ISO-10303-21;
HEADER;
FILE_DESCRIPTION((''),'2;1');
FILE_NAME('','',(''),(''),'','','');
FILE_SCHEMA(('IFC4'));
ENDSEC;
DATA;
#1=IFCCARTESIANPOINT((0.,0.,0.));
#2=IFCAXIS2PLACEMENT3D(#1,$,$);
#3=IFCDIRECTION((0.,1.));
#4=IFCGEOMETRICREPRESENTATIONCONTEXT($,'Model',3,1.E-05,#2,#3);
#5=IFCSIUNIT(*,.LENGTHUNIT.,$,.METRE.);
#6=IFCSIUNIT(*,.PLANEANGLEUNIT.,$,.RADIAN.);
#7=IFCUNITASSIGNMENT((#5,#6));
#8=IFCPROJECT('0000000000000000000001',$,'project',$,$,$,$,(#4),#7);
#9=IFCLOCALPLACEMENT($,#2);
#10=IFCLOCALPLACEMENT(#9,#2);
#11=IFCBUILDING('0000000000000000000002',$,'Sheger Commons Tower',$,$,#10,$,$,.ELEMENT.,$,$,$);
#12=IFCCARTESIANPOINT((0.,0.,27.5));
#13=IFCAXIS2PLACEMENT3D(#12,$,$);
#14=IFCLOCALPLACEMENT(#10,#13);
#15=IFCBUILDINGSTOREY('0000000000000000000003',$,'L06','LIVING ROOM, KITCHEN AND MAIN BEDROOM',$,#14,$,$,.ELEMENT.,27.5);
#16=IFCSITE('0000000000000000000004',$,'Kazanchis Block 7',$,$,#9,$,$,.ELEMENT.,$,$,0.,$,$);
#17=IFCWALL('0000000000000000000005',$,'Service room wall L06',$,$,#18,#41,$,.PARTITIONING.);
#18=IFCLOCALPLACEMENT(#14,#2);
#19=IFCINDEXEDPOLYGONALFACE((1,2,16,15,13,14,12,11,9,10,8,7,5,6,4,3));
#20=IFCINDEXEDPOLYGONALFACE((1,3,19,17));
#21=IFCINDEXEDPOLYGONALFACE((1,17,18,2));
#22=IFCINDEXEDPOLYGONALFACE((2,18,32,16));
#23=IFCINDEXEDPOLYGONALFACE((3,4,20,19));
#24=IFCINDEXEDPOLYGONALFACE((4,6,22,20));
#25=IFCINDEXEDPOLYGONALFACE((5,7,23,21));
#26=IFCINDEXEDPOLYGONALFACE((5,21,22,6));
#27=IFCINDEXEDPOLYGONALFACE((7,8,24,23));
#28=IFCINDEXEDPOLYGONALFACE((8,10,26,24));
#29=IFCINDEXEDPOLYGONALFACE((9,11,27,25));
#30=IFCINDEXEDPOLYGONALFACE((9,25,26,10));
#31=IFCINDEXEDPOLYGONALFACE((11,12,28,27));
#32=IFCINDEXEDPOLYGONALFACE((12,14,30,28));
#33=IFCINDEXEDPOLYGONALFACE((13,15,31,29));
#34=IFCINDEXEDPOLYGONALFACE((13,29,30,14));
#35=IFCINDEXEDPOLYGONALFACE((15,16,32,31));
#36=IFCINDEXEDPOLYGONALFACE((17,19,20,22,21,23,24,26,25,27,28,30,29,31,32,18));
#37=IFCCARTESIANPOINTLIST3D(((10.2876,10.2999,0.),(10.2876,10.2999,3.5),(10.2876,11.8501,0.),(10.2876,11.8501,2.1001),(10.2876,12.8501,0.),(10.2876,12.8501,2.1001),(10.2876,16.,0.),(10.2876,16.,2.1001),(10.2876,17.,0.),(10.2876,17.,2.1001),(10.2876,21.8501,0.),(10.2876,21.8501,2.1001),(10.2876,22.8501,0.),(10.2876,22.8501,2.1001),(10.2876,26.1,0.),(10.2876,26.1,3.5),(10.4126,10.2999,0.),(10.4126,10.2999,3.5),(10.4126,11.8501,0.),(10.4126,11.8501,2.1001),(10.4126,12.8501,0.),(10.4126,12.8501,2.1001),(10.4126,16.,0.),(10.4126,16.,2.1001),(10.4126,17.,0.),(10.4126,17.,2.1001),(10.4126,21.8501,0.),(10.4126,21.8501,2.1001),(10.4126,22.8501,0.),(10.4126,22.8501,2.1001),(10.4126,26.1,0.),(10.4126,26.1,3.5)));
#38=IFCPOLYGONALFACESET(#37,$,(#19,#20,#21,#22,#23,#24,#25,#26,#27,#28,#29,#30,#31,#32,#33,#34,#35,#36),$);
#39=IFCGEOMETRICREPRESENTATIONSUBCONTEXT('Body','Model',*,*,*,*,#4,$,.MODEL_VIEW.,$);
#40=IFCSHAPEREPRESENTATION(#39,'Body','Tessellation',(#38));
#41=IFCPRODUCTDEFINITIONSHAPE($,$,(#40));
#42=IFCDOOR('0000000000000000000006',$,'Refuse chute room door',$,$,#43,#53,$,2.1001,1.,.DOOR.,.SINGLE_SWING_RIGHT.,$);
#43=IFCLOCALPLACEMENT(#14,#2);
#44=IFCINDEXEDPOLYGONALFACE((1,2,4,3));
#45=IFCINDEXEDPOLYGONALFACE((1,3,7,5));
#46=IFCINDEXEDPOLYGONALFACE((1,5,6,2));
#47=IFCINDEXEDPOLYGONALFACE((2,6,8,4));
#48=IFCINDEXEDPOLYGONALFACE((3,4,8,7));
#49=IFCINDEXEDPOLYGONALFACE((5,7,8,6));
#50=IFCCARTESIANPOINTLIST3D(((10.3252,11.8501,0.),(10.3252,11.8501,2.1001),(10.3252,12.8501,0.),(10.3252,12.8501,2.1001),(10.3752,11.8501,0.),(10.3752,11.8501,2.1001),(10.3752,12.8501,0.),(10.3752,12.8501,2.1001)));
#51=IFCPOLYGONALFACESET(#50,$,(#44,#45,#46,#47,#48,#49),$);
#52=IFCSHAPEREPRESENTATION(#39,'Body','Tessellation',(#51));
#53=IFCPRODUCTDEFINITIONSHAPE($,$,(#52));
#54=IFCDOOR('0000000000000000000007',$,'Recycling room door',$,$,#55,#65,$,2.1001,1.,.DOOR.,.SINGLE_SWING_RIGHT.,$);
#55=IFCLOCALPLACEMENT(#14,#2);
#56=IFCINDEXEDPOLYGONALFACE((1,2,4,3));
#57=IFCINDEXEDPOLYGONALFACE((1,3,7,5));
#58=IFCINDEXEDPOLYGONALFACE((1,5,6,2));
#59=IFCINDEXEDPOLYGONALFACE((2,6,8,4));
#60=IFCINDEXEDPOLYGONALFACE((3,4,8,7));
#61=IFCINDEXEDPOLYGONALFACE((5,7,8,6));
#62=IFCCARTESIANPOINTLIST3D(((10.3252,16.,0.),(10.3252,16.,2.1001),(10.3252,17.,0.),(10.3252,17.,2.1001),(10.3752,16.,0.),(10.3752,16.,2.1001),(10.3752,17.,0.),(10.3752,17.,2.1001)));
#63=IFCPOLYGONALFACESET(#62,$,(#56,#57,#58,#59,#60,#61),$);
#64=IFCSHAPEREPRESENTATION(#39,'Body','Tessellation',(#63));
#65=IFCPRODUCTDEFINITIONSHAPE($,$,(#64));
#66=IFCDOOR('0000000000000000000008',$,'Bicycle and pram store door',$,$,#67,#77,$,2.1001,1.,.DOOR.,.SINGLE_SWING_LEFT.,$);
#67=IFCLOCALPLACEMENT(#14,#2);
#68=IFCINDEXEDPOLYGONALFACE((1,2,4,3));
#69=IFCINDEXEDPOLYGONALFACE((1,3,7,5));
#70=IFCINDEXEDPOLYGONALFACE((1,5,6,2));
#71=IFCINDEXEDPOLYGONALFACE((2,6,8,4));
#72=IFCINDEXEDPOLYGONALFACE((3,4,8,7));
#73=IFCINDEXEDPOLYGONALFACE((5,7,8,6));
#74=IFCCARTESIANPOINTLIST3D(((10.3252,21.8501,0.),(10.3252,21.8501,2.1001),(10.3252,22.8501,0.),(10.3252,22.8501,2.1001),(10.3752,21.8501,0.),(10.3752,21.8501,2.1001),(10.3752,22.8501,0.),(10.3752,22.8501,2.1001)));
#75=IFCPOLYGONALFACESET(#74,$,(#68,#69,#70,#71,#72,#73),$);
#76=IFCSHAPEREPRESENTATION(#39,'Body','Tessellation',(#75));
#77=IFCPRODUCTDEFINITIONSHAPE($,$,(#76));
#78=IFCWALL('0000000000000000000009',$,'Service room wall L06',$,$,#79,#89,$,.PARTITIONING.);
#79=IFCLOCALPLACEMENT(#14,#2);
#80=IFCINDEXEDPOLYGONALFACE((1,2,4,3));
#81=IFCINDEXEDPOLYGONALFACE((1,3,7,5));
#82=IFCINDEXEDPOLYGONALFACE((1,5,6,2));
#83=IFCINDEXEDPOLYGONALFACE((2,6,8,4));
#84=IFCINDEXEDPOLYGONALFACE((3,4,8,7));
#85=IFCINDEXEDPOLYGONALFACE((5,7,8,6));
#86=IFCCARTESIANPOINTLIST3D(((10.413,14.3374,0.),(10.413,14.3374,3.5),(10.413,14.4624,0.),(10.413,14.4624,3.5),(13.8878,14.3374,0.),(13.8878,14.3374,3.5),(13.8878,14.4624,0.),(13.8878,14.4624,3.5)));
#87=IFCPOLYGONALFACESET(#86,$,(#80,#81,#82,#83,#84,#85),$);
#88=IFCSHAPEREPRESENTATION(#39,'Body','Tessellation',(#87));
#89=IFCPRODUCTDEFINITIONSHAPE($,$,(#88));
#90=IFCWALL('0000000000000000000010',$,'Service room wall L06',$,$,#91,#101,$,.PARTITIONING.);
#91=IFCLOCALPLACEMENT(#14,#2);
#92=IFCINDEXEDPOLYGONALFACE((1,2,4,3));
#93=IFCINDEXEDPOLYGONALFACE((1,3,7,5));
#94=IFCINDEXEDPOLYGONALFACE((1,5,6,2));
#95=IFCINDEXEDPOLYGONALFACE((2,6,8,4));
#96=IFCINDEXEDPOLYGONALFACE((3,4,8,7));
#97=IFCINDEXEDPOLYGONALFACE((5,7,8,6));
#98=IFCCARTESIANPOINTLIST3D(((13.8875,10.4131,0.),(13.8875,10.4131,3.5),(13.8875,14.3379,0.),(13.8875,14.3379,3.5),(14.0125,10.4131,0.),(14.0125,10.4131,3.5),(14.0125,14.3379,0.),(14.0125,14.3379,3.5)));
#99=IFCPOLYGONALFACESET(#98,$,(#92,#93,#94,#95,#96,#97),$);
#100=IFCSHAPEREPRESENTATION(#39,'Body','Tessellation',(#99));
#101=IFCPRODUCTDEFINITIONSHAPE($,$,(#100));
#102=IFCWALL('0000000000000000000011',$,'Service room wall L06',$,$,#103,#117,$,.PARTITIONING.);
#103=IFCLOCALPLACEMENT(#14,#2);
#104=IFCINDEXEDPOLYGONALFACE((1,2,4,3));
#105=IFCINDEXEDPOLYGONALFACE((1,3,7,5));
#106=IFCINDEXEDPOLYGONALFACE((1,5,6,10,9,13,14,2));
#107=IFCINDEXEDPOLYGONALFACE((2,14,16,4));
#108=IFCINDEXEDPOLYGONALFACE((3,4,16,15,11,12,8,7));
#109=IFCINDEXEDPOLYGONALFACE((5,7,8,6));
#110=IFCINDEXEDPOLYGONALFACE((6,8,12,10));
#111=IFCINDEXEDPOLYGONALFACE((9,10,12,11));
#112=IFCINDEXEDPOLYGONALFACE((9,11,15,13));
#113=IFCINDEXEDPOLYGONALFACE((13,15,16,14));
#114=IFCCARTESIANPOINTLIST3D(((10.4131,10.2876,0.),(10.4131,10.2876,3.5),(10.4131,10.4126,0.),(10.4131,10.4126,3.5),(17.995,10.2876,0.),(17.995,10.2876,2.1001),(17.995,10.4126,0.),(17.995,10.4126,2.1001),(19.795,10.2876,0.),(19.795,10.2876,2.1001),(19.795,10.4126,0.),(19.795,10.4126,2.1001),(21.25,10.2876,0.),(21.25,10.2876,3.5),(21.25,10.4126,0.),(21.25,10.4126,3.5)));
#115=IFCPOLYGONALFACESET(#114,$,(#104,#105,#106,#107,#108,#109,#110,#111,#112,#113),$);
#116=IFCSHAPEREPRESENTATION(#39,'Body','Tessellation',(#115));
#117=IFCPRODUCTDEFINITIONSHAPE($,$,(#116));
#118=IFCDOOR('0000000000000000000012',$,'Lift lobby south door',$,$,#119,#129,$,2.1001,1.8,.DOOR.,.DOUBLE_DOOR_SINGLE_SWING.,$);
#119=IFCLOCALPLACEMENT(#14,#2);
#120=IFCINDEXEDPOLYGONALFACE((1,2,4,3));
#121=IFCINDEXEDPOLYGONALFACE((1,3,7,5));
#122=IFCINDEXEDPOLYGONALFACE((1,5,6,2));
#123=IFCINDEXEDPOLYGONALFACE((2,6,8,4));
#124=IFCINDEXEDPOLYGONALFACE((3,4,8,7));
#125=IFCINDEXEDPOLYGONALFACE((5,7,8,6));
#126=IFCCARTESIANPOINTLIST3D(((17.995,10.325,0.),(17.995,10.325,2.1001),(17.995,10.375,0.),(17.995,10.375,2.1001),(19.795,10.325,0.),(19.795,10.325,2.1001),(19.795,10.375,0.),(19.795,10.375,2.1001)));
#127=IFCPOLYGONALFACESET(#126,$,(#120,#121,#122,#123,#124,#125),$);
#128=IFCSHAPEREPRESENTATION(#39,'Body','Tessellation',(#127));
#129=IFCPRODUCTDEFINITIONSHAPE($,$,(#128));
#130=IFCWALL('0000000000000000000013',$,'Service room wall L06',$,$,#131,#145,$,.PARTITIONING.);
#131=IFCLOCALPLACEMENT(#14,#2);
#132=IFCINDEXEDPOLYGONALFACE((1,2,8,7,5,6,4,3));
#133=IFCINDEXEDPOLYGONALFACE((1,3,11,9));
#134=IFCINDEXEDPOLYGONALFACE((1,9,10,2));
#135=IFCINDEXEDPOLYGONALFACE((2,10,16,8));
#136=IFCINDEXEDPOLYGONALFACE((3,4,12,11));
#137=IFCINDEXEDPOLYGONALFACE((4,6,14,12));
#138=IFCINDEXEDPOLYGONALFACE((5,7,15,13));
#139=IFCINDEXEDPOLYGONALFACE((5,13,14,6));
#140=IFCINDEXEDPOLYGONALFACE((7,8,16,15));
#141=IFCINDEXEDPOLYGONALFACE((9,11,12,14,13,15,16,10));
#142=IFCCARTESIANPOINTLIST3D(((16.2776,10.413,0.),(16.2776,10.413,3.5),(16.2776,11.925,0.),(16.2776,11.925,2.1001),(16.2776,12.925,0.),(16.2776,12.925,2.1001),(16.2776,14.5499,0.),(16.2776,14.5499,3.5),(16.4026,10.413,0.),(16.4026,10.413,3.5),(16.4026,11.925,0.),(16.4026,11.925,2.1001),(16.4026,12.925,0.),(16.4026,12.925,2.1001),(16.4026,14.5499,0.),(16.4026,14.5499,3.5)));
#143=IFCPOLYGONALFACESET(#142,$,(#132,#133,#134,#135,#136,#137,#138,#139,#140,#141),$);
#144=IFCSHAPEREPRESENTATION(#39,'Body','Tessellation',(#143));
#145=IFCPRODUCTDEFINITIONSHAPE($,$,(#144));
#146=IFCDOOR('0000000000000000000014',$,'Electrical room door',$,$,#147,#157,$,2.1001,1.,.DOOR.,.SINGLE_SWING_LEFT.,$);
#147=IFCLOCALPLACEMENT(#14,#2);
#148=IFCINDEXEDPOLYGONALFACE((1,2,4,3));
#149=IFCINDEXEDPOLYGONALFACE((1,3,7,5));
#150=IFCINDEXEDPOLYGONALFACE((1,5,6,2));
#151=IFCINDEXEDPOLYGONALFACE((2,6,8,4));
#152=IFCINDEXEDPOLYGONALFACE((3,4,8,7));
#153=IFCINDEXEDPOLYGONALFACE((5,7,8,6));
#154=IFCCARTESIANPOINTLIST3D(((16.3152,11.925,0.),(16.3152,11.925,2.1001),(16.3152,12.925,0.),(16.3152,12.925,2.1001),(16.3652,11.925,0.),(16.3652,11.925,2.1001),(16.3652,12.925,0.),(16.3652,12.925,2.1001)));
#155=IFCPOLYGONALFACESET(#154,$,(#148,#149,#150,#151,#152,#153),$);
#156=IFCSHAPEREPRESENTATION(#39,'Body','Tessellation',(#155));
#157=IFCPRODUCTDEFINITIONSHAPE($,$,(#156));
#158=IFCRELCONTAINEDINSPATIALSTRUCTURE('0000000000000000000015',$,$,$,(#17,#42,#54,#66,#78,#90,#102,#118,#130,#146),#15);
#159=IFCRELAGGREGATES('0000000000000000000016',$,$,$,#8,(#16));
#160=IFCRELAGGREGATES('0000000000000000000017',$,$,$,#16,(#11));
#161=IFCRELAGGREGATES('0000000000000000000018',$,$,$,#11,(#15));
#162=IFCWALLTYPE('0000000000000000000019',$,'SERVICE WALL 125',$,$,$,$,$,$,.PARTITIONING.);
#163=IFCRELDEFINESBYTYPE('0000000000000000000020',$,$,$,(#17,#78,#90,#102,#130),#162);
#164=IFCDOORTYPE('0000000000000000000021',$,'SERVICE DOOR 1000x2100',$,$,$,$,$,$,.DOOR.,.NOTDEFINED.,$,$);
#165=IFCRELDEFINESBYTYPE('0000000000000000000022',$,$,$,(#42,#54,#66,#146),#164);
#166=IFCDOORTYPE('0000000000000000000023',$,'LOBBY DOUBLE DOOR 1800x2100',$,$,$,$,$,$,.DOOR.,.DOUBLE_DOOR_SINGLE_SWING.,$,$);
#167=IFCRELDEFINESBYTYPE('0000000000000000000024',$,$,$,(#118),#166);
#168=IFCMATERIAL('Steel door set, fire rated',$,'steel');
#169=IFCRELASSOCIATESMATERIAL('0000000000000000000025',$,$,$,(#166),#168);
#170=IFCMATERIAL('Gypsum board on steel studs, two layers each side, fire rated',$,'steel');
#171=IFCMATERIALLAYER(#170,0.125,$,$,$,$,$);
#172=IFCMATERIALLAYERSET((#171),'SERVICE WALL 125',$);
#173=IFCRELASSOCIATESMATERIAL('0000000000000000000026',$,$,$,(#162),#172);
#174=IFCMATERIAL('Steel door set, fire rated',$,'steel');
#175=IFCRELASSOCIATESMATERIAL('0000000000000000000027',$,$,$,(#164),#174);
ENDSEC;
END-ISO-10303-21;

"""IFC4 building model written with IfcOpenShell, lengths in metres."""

from ifc_helpers import new_model, si_unit, direction, frame, frame_2d, origin, place, context, subcontext, project, spatial, rectangle, extrude, material, layer, layer_set, type_object, element, fill, save


model = new_model("IFC4")

# Units and contexts
model_context = context("Model", 3, precision=1e-05, world=origin(), true_north=direction((0.0, 1.0)))
body_context = subcontext(model_context, "Body", "Model", "MODEL_VIEW")
ifc_project = project(units=[si_unit("LENGTHUNIT", "METRE"), si_unit("PLANEANGLEUNIT", "RADIAN")], contexts=[model_context])

# Site, building, storey
site_placement = place(None, origin())
site = spatial("IfcSite", under=ifc_project, at=site_placement, Name="Kazanchis Block 7", CompositionType="ELEMENT", RefElevation=0.0)
building_placement = place(site_placement, origin())
building = spatial("IfcBuilding", under=site, at=building_placement, Name="Sheger Commons Tower", CompositionType="ELEMENT")
storey_placement = place(building_placement, frame((0.0, 0.0, 27.5)))
storey = spatial("IfcBuildingStorey", under=building, at=storey_placement, Name="L06", Description="LIVING ROOM, KITCHEN AND MAIN BEDROOM", CompositionType="ELEMENT", Elevation=27.5)

# Shared definitions
ifc_material_1 = material(Name="Steel door set, fire rated", Category="steel")
door_type_1 = type_object("IfcDoorType", Name="LOBBY DOUBLE DOOR 1800x2100", OperationType="DOUBLE_DOOR_SINGLE_SWING", PredefinedType="DOOR", material=ifc_material_1)

# Wall, openings, doors
ifc_material_2 = material(Name="Gypsum board on steel studs, two layers each side, fire rated", Category="steel")
ifc_layer_1 = layer(ifc_material_2, 0.125)
ifc_layer_set_1 = layer_set([ifc_layer_1], Name="SERVICE WALL 125")
wall_type_1 = type_object("IfcWallType", Name="SERVICE WALL 125", PredefinedType="PARTITIONING", material=ifc_layer_set_1)
wall_1_placement = place(storey_placement, frame((10.3501, 10.3, 0.0), z_axis=(0.0, 0.0, 1.0), x_axis=(0.0, 1.0, 0.0)))
wall_1 = element("IfcWall", 1, at=wall_1_placement, inside=storey, type_object=wall_type_1, Name="Service room wall L06", PredefinedType="PARTITIONING", context=body_context, shape_type="SweptSolid", body=[
    extrude(rectangle(XDim=15.8, YDim=0.125, at=frame_2d((7.8999, 0.0))), origin(), (0.0, 0.0, 1.0), 3.5),
])
opening_1_placement = place(wall_1_placement, frame((1.55, 0.0, 0.0)))
opening_1 = element("IfcOpeningElement", 2, at=opening_1_placement, cuts=wall_1, PredefinedType="OPENING", context=body_context, shape_type="SweptSolid", body=[
    extrude(rectangle(XDim=1.0, YDim=2.1001, at=frame_2d((0.5, 1.05))), frame((0.0, 0.0725, 0.0), z_axis=(0.0, -1.0, 0.0), x_axis=(1.0, 0.0, 0.0)), (0.0, 0.0, 1.0), 0.145),
])
opening_2_placement = place(wall_1_placement, frame((5.7, 0.0, 0.0)))
opening_2 = element("IfcOpeningElement", 3, at=opening_2_placement, cuts=wall_1, PredefinedType="OPENING", context=body_context, shape_type="SweptSolid", body=[
    extrude(rectangle(XDim=1.0, YDim=2.1001, at=frame_2d((0.5, 1.05))), frame((0.0, 0.0725, 0.0), z_axis=(0.0, -1.0, 0.0), x_axis=(1.0, 0.0, 0.0)), (0.0, 0.0, 1.0), 0.145),
])
opening_3_placement = place(wall_1_placement, frame((11.55, 0.0, 0.0)))
opening_3 = element("IfcOpeningElement", 4, at=opening_3_placement, cuts=wall_1, PredefinedType="OPENING", context=body_context, shape_type="SweptSolid", body=[
    extrude(rectangle(XDim=1.0, YDim=2.1001, at=frame_2d((0.5, 1.05))), frame((0.0, 0.0725, 0.0), z_axis=(0.0, -1.0, 0.0), x_axis=(1.0, 0.0, 0.0)), (0.0, 0.0, 1.0), 0.145),
])
ifc_material_3 = material(Name="Steel door set, fire rated", Category="steel")
door_type_2 = type_object("IfcDoorType", Name="SERVICE DOOR 1000x2100", OperationType="NOTDEFINED", PredefinedType="DOOR", material=ifc_material_3)
door_1_placement = place(opening_1_placement, origin())
door_1 = element("IfcDoor", 5, at=door_1_placement, inside=storey, type_object=door_type_2, Name="Refuse chute room door", OperationType="SINGLE_SWING_RIGHT", OverallHeight=2.1001, OverallWidth=1.0, PredefinedType="DOOR", context=body_context, shape_type="SweptSolid", body=[
    extrude(rectangle(XDim=1.0, YDim=2.1001, at=frame_2d((0.5, 1.05))), frame((0.0, 0.0249, 0.0), z_axis=(0.0, -1.0, 0.0), x_axis=(1.0, 0.0, 0.0)), (0.0, 0.0, 1.0), 0.05),
])
fill(opening_1, door_1)
door_2_placement = place(opening_2_placement, origin())
door_2 = element("IfcDoor", 6, at=door_2_placement, inside=storey, type_object=door_type_2, Name="Recycling room door", OperationType="SINGLE_SWING_RIGHT", OverallHeight=2.1001, OverallWidth=1.0, PredefinedType="DOOR", context=body_context, shape_type="SweptSolid", body=[
    extrude(rectangle(XDim=1.0, YDim=2.1001, at=frame_2d((0.5, 1.05))), frame((0.0, 0.0249, 0.0), z_axis=(0.0, -1.0, 0.0), x_axis=(1.0, 0.0, 0.0)), (0.0, 0.0, 1.0), 0.05),
])
fill(opening_2, door_2)
door_3_placement = place(opening_3_placement, origin())
door_3 = element("IfcDoor", 7, at=door_3_placement, inside=storey, type_object=door_type_2, Name="Bicycle and pram store door", OperationType="SINGLE_SWING_LEFT", OverallHeight=2.1001, OverallWidth=1.0, PredefinedType="DOOR", context=body_context, shape_type="SweptSolid", body=[
    extrude(rectangle(XDim=1.0, YDim=2.1001, at=frame_2d((0.5, 1.05))), frame((0.0, 0.0249, 0.0), z_axis=(0.0, -1.0, 0.0), x_axis=(1.0, 0.0, 0.0)), (0.0, 0.0, 1.0), 0.05),
])
fill(opening_3, door_3)

# Walls
wall_2_placement = place(storey_placement, frame((10.4131, 14.3999, 0.0), z_axis=(0.0, 0.0, 1.0), x_axis=(1.0, 0.0, 0.0)))
element("IfcWall", 8, at=wall_2_placement, inside=storey, type_object=wall_type_1, Name="Service room wall L06", PredefinedType="PARTITIONING", context=body_context, shape_type="SweptSolid", body=[
    extrude(rectangle(XDim=3.4749, YDim=0.125, at=frame_2d((1.7373, 0.0))), origin(), (0.0, 0.0, 1.0), 3.5),
])
wall_3_placement = place(storey_placement, frame((13.95, 10.4131, 0.0), z_axis=(0.0, 0.0, 1.0), x_axis=(0.0, 1.0, 0.0)))
element("IfcWall", 9, at=wall_3_placement, inside=storey, type_object=wall_type_1, Name="Service room wall L06", PredefinedType="PARTITIONING", context=body_context, shape_type="SweptSolid", body=[
    extrude(rectangle(XDim=3.9248, YDim=0.125, at=frame_2d((1.9624, 0.0))), origin(), (0.0, 0.0, 1.0), 3.5),
])

# Walls, openings, doors
wall_4_placement = place(storey_placement, frame((10.4131, 10.3501, 0.0), z_axis=(0.0, 0.0, 1.0), x_axis=(1.0, 0.0, 0.0)))
wall_4 = element("IfcWall", 10, at=wall_4_placement, inside=storey, type_object=wall_type_1, Name="Service room wall L06", PredefinedType="PARTITIONING", context=body_context, shape_type="SweptSolid", body=[
    extrude(rectangle(XDim=10.8369, YDim=0.125, at=frame_2d((5.4185, 0.0))), origin(), (0.0, 0.0, 1.0), 3.5),
])
opening_4_placement = place(wall_4_placement, frame((7.582, 0.0, 0.0)))
opening_4 = element("IfcOpeningElement", 11, at=opening_4_placement, cuts=wall_4, PredefinedType="OPENING", context=body_context, shape_type="SweptSolid", body=[
    extrude(rectangle(XDim=1.8, YDim=2.1001, at=frame_2d((0.8999, 1.05))), frame((0.0, 0.0725, 0.0), z_axis=(0.0, -1.0, 0.0), x_axis=(1.0, 0.0, 0.0)), (0.0, 0.0, 1.0), 0.145),
])
door_4_placement = place(opening_4_placement, origin())
door_4 = element("IfcDoor", 12, at=door_4_placement, inside=storey, type_object=door_type_1, Name="Lift lobby south door", OperationType="DOUBLE_DOOR_SINGLE_SWING", OverallHeight=2.1001, OverallWidth=1.8, PredefinedType="DOOR", context=body_context, shape_type="SweptSolid", body=[
    extrude(rectangle(XDim=1.8, YDim=2.1001, at=frame_2d((0.8999, 1.05))), frame((0.0, 0.0249, 0.0), z_axis=(0.0, -1.0, 0.0), x_axis=(1.0, 0.0, 0.0)), (0.0, 0.0, 1.0), 0.05),
])
fill(opening_4, door_4)
wall_5_placement = place(storey_placement, frame((16.3401, 10.4131, 0.0), z_axis=(0.0, 0.0, 1.0), x_axis=(0.0, 1.0, 0.0)))
wall_5 = element("IfcWall", 13, at=wall_5_placement, inside=storey, type_object=wall_type_1, Name="Service room wall L06", PredefinedType="PARTITIONING", context=body_context, shape_type="SweptSolid", body=[
    extrude(rectangle(XDim=4.137, YDim=0.125, at=frame_2d((2.0684, 0.0))), origin(), (0.0, 0.0, 1.0), 3.5),
])
opening_5_placement = place(wall_5_placement, frame((1.512, 0.0, 0.0)))
opening_5 = element("IfcOpeningElement", 14, at=opening_5_placement, cuts=wall_5, PredefinedType="OPENING", context=body_context, shape_type="SweptSolid", body=[
    extrude(rectangle(XDim=1.0, YDim=2.1001, at=frame_2d((0.5, 1.05))), frame((0.0, 0.0725, 0.0), z_axis=(0.0, -1.0, 0.0), x_axis=(1.0, 0.0, 0.0)), (0.0, 0.0, 1.0), 0.145),
])
door_5_placement = place(opening_5_placement, origin())
door_5 = element("IfcDoor", 15, at=door_5_placement, inside=storey, type_object=door_type_2, Name="Electrical room door", OperationType="SINGLE_SWING_LEFT", OverallHeight=2.1001, OverallWidth=1.0, PredefinedType="DOOR", context=body_context, shape_type="SweptSolid", body=[
    extrude(rectangle(XDim=1.0, YDim=2.1001, at=frame_2d((0.5, 1.05))), frame((0.0, 0.0249, 0.0), z_axis=(0.0, -1.0, 0.0), x_axis=(1.0, 0.0, 0.0)), (0.0, 0.0, 1.0), 0.05),
])
fill(opening_5, door_5)

save(model, "model.ifc")
